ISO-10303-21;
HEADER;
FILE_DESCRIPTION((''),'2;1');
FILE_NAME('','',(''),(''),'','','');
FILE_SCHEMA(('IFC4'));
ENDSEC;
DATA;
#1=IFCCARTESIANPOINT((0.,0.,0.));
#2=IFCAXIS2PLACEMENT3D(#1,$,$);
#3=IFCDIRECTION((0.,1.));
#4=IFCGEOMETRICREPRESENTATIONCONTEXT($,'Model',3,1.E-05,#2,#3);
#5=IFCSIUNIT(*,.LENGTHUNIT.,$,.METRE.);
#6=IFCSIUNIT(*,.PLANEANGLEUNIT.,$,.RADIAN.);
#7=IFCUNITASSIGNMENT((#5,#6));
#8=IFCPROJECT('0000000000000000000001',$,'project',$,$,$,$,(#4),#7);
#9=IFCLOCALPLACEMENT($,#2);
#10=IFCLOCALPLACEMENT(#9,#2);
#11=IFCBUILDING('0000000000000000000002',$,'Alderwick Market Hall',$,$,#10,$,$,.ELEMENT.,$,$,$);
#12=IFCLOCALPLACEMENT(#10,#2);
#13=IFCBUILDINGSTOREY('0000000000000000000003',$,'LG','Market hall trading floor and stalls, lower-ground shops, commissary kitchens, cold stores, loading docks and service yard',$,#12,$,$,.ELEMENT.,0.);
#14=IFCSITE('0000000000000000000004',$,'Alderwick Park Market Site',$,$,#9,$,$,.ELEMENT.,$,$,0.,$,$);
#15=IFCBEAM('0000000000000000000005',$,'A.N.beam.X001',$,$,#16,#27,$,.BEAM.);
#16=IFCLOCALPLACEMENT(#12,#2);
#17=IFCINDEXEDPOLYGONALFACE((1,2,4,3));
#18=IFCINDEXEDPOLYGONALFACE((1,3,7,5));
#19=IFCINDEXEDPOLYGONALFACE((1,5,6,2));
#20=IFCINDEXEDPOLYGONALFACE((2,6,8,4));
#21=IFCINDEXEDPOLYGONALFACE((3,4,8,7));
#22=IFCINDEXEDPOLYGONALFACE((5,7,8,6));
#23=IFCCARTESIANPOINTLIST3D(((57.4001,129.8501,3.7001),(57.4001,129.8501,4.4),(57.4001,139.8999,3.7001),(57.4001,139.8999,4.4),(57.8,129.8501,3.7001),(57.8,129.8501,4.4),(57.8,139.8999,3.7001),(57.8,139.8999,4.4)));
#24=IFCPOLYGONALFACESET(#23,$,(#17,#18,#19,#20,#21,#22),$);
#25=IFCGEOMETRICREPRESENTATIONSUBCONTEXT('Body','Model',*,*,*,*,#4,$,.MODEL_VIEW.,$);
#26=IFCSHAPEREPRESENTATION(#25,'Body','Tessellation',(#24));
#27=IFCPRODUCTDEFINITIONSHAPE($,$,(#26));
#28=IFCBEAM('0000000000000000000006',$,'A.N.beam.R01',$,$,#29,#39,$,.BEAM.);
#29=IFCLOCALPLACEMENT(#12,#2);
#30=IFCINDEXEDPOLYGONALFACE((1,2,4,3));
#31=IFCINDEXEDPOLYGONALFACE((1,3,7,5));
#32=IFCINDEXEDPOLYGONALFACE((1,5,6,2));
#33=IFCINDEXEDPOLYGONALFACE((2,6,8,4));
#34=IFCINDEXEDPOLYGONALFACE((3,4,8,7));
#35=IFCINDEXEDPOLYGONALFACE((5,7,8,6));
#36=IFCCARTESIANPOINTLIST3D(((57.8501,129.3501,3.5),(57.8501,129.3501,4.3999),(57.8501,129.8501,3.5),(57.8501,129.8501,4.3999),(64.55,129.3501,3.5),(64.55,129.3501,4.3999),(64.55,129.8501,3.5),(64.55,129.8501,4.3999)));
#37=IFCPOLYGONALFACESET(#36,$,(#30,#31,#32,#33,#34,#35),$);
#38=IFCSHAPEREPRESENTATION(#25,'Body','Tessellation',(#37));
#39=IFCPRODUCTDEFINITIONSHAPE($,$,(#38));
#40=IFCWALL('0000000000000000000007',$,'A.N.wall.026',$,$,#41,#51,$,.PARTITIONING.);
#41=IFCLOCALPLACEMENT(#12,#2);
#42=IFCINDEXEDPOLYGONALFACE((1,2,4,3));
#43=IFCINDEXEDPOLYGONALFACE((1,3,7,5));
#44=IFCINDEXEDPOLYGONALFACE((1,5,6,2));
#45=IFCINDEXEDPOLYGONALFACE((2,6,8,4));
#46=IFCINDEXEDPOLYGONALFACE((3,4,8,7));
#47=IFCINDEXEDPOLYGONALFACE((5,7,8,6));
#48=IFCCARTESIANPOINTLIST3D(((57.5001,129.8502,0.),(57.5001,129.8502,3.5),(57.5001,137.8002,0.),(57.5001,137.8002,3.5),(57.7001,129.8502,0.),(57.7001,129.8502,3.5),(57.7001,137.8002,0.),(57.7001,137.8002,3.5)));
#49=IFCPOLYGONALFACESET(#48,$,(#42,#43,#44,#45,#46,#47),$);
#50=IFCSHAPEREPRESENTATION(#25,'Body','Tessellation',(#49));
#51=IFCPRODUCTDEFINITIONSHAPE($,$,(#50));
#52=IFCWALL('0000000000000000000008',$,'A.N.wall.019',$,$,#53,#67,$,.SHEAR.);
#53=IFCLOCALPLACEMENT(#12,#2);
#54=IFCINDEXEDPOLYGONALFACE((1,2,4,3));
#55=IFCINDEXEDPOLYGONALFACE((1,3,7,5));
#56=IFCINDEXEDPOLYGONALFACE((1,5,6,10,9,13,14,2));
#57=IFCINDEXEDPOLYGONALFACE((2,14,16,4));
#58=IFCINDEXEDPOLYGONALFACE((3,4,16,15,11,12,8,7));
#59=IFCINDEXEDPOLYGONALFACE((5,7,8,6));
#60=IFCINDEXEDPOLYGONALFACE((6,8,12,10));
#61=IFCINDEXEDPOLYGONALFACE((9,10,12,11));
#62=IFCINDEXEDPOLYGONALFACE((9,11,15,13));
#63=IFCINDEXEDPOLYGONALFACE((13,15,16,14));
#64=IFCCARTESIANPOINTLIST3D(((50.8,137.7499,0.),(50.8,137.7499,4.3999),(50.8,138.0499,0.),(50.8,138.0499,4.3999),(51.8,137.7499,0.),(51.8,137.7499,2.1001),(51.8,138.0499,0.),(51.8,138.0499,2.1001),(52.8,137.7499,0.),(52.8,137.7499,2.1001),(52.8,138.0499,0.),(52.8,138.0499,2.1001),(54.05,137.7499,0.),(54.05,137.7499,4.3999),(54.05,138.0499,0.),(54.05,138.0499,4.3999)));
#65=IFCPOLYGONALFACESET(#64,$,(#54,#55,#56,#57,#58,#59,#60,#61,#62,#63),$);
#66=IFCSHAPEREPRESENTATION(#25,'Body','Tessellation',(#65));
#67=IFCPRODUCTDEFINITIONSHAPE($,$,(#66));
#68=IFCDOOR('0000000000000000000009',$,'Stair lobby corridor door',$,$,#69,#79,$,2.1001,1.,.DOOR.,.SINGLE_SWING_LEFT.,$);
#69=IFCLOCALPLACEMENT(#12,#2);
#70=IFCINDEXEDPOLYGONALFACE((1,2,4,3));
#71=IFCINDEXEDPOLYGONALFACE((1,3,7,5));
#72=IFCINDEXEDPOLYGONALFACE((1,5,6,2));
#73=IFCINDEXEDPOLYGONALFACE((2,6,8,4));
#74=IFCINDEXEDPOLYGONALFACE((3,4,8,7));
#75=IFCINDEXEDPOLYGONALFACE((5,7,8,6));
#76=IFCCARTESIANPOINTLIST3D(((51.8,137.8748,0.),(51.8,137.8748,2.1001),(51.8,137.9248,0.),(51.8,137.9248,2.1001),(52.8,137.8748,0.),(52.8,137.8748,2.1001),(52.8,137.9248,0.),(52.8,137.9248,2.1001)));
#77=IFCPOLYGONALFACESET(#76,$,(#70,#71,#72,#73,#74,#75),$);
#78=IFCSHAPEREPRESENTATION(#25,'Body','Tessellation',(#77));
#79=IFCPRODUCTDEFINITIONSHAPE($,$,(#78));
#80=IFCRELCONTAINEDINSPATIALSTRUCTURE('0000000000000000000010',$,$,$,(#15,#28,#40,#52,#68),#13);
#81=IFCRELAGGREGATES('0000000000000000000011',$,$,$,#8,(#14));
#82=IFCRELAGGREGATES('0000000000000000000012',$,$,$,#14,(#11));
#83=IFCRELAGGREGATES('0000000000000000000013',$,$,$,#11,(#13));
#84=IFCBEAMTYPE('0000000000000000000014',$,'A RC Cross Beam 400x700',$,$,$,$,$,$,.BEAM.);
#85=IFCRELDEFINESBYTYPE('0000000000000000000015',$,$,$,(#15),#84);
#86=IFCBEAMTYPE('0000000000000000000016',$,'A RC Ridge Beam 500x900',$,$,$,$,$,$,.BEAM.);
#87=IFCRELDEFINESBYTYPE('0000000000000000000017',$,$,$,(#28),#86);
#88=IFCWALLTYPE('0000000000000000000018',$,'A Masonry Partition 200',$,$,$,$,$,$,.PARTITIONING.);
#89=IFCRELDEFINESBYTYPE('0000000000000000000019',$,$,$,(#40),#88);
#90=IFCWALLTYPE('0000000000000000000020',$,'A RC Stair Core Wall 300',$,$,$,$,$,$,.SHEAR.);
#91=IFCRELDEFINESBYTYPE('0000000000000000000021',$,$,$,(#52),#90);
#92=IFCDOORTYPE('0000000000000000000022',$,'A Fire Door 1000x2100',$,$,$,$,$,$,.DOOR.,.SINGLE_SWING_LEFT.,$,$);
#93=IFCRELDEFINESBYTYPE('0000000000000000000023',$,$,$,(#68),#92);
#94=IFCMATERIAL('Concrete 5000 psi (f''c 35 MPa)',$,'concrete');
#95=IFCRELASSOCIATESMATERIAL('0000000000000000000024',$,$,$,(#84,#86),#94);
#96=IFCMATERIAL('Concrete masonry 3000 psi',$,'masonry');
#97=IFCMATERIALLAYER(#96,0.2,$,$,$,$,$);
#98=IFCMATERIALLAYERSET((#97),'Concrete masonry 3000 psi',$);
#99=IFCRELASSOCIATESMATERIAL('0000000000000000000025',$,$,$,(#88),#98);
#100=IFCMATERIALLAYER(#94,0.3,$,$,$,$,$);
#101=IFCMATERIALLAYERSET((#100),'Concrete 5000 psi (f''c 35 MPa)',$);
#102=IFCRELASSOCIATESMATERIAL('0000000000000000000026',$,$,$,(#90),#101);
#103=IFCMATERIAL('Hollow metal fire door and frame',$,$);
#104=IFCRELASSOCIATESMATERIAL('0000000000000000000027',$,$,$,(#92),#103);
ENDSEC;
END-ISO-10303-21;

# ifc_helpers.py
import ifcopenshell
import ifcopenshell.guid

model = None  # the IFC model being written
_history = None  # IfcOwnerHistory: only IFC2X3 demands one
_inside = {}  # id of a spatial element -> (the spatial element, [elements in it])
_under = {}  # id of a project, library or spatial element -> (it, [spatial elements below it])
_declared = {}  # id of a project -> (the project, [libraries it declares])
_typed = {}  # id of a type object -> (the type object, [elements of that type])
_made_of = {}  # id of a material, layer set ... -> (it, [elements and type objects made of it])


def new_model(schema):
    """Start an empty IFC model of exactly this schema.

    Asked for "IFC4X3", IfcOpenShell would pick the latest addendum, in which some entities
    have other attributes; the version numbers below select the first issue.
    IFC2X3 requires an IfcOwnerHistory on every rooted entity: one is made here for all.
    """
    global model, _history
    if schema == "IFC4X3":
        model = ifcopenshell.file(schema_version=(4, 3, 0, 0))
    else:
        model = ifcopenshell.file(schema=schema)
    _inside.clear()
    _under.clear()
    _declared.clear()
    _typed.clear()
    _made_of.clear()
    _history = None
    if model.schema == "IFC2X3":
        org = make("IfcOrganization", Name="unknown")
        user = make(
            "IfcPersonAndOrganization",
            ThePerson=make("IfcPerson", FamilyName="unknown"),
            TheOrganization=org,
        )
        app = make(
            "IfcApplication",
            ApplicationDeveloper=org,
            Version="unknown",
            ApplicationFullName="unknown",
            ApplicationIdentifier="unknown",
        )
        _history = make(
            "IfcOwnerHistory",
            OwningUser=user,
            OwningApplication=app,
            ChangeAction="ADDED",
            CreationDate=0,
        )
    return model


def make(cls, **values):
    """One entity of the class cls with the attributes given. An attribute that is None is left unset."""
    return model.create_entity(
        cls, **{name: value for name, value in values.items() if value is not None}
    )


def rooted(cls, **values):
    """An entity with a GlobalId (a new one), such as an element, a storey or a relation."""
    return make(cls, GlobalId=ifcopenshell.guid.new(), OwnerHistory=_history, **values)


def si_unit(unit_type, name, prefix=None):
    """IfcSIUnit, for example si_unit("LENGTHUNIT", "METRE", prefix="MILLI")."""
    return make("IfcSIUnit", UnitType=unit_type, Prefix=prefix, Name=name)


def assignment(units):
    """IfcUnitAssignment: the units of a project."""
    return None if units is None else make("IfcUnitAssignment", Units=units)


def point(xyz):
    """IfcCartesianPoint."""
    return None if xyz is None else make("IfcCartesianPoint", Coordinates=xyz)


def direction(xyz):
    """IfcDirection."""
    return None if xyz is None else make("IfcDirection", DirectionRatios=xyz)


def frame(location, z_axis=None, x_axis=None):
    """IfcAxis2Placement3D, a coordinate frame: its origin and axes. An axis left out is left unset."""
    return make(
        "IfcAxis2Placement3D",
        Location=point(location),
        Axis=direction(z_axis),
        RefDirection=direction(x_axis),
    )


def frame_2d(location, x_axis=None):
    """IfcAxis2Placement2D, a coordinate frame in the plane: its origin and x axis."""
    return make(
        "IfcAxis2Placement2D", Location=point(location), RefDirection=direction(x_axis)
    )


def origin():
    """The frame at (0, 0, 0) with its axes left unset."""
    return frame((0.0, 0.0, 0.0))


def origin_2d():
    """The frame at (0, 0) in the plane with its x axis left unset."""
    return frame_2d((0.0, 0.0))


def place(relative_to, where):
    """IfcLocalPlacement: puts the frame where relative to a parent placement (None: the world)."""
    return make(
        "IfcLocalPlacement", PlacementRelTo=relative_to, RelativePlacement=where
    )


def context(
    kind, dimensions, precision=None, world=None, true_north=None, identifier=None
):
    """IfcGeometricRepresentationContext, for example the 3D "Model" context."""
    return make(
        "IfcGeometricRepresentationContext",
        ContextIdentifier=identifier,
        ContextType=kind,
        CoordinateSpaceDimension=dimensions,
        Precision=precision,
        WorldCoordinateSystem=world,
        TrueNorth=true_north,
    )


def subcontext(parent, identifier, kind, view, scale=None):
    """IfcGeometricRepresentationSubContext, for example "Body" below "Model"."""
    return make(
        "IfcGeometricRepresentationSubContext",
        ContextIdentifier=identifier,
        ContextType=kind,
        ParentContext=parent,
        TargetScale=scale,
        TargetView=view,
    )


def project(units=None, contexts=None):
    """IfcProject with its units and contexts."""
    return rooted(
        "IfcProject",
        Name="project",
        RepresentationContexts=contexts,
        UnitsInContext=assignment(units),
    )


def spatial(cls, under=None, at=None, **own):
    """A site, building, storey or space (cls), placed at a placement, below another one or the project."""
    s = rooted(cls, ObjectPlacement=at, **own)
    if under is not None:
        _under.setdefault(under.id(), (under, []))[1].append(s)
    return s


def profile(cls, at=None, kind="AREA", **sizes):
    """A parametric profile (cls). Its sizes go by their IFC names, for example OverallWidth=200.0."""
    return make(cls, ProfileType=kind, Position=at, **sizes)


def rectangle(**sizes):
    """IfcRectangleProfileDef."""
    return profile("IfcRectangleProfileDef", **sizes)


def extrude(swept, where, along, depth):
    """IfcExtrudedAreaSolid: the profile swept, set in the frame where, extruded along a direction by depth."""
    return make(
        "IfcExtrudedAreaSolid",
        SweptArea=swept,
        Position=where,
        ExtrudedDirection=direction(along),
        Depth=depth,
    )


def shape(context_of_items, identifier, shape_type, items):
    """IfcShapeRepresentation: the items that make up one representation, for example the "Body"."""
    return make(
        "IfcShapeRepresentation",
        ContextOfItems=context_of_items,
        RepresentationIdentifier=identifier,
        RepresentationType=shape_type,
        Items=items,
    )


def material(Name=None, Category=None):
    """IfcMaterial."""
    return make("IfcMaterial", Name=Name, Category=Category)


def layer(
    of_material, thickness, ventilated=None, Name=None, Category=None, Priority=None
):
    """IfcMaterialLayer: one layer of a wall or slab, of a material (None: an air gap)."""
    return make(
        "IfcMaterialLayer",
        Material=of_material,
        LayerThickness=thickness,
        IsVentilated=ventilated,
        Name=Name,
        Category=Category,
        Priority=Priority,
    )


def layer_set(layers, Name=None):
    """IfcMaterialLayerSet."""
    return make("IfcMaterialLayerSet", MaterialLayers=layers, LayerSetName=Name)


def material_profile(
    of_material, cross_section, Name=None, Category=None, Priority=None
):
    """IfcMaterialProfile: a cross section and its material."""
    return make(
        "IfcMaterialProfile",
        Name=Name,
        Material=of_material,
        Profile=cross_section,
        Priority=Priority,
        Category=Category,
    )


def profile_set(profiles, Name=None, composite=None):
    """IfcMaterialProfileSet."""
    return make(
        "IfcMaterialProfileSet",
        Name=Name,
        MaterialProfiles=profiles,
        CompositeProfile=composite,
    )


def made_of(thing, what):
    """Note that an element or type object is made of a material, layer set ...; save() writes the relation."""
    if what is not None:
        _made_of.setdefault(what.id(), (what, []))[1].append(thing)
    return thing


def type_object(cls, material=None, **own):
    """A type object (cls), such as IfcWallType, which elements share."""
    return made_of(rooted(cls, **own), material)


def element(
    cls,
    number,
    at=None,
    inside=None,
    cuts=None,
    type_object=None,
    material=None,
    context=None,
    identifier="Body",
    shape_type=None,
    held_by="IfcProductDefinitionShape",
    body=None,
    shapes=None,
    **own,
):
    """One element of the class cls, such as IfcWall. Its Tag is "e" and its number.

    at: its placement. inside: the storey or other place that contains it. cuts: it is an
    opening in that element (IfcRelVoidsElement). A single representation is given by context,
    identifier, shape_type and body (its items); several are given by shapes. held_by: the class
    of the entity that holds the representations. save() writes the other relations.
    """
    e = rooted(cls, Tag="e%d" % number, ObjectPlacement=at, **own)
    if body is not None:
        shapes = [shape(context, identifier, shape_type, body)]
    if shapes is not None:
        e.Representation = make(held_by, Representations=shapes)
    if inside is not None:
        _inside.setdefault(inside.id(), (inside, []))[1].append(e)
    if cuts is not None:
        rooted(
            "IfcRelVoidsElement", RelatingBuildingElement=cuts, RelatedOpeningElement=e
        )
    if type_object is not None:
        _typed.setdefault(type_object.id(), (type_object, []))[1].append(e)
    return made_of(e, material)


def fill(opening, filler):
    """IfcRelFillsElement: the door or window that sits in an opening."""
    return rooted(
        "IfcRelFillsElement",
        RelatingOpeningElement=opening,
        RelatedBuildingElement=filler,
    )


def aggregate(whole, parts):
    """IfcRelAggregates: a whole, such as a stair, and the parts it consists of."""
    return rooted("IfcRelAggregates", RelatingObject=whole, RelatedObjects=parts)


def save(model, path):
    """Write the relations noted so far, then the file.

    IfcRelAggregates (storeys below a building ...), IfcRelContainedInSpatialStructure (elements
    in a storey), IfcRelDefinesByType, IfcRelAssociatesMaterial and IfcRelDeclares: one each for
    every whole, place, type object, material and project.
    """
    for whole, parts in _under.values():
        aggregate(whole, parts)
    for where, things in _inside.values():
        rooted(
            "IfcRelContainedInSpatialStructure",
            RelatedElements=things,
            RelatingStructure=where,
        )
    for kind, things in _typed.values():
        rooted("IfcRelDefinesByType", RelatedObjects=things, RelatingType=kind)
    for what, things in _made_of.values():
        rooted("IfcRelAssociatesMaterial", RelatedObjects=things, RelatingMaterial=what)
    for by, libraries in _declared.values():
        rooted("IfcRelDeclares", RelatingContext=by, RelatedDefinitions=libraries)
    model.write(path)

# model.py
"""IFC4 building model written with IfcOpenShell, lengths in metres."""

from ifc_helpers import new_model, si_unit, direction, frame, frame_2d, origin, origin_2d, place, context, subcontext, project, spatial, rectangle, extrude, material, layer, layer_set, material_profile, profile_set, type_object, element, fill, save


model = new_model("IFC4")

# Units and contexts
model_context = context("Model", 3, precision=1e-05, world=origin(), true_north=direction((0.0, 1.0)))
body_context = subcontext(model_context, "Body", "Model", "MODEL_VIEW")
ifc_project = project(units=[si_unit("LENGTHUNIT", "METRE"), si_unit("PLANEANGLEUNIT", "RADIAN")], contexts=[model_context])

# Site, building, storey
site_placement = place(None, origin())
site = spatial("IfcSite", under=ifc_project, at=site_placement, Name="Alderwick Park Market Site", CompositionType="ELEMENT", RefElevation=0.0)
building_placement = place(site_placement, origin())
building = spatial("IfcBuilding", under=site, at=building_placement, Name="Alderwick Market Hall", CompositionType="ELEMENT")
storey_placement = place(building_placement, origin())
storey = spatial("IfcBuildingStorey", under=building, at=storey_placement, Name="LG", Description="Market hall trading floor and stalls, lower-ground shops, commissary kitchens, cold stores, loading docks and service yard", CompositionType="ELEMENT", Elevation=0.0)

# Beams
ifc_material_1 = material(Name="Concrete 5000 psi (f'c 35 MPa)", Category="concrete")
ifc_material_profile_1 = material_profile(ifc_material_1, rectangle(XDim=0.3999, YDim=0.7, at=origin_2d()), Name="A RC Cross Beam 400x700")
ifc_profile_set_1 = profile_set([ifc_material_profile_1], Name="Concrete 5000 psi (f'c 35 MPa)")
beam_type_1 = type_object("IfcBeamType", Name="A RC Cross Beam 400x700", PredefinedType="BEAM", material=ifc_profile_set_1)
beam_1_placement = place(storey_placement, frame((57.6001, 129.8501, 4.05), z_axis=(0.0, 1.0, 0.0), x_axis=(-1.0, 0.0, 0.0)))
element("IfcBeam", 1, at=beam_1_placement, inside=storey, type_object=beam_type_1, Name="A.N.beam.X001", PredefinedType="BEAM", context=body_context, shape_type="SweptSolid", body=[
    extrude(rectangle(XDim=0.3999, YDim=0.7, at=origin_2d()), origin(), (0.0, 0.0, 1.0), 10.0498),
])
ifc_material_profile_2 = material_profile(ifc_material_1, rectangle(XDim=0.5, YDim=0.8999, at=origin_2d()), Name="A RC Ridge Beam 500x900")
ifc_profile_set_2 = profile_set([ifc_material_profile_2], Name="Concrete 5000 psi (f'c 35 MPa)")
beam_type_2 = type_object("IfcBeamType", Name="A RC Ridge Beam 500x900", PredefinedType="BEAM", material=ifc_profile_set_2)
beam_2_placement = place(storey_placement, frame((57.8501, 129.6001, 3.95), z_axis=(1.0, 0.0, 0.0), x_axis=(0.0, 1.0, 0.0)))
element("IfcBeam", 2, at=beam_2_placement, inside=storey, type_object=beam_type_2, Name="A.N.beam.R01", PredefinedType="BEAM", context=body_context, shape_type="SweptSolid", body=[
    extrude(rectangle(XDim=0.5, YDim=0.8999, at=origin_2d()), origin(), (0.0, 0.0, 1.0), 6.7),
])

# Shared definitions
ifc_material_2 = material(Name="Concrete masonry 3000 psi", Category="masonry")
ifc_layer_1 = layer(ifc_material_2, 0.2)
ifc_layer_set_1 = layer_set([ifc_layer_1], Name="Concrete masonry 3000 psi")
wall_type_1 = type_object("IfcWallType", Name="A Masonry Partition 200", PredefinedType="PARTITIONING", material=ifc_layer_set_1)

# Wall
wall_1_placement = place(storey_placement, frame((57.6001, 129.8501, 0.0), z_axis=(0.0, 0.0, 1.0), x_axis=(0.0, 1.0, 0.0)))
element("IfcWall", 3, at=wall_1_placement, inside=storey, type_object=wall_type_1, Name="A.N.wall.026", PredefinedType="PARTITIONING", context=body_context, shape_type="SweptSolid", body=[
    extrude(rectangle(XDim=7.95, YDim=0.2, at=frame_2d((3.9751, 0.0))), origin(), (0.0, 0.0, 1.0), 3.5),
])

# Wall, opening, door
ifc_layer_2 = layer(ifc_material_1, 0.3)
ifc_layer_set_2 = layer_set([ifc_layer_2], Name="Concrete 5000 psi (f'c 35 MPa)")
wall_type_2 = type_object("IfcWallType", Name="A RC Stair Core Wall 300", PredefinedType="SHEAR", material=ifc_layer_set_2)
wall_2_placement = place(storey_placement, frame((50.8, 137.8999, 0.0), z_axis=(0.0, 0.0, 1.0), x_axis=(1.0, 0.0, 0.0)))
wall_2 = element("IfcWall", 4, at=wall_2_placement, inside=storey, type_object=wall_type_2, Name="A.N.wall.019", PredefinedType="SHEAR", context=body_context, shape_type="SweptSolid", body=[
    extrude(rectangle(XDim=3.25, YDim=0.3, at=frame_2d((1.625, 0.0))), origin(), (0.0, 0.0, 1.0), 4.3999),
])
opening_1_placement = place(wall_2_placement, frame((1.0, 0.0, 0.0)))
opening_1 = element("IfcOpeningElement", 5, at=opening_1_placement, cuts=wall_2, PredefinedType="OPENING", context=body_context, shape_type="SweptSolid", body=[
    extrude(rectangle(XDim=1.0, YDim=2.1001, at=frame_2d((0.5, 1.05))), frame((0.0, 0.1599, 0.0), z_axis=(0.0, -1.0, 0.0), x_axis=(1.0, 0.0, 0.0)), (0.0, 0.0, 1.0), 0.3201),
])
ifc_material_3 = material(Name="Hollow metal fire door and frame")
door_type_1 = type_object("IfcDoorType", Name="A Fire Door 1000x2100", OperationType="SINGLE_SWING_LEFT", PredefinedType="DOOR", material=ifc_material_3)
door_1_placement = place(opening_1_placement, origin())
door_1 = element("IfcDoor", 6, at=door_1_placement, inside=storey, type_object=door_type_1, Name="Stair lobby corridor door", OperationType="SINGLE_SWING_LEFT", OverallHeight=2.1001, OverallWidth=1.0, PredefinedType="DOOR", context=body_context, shape_type="SweptSolid", body=[
    extrude(rectangle(XDim=1.0, YDim=2.1001, at=frame_2d((0.5, 1.05))), frame((0.0, 0.0249, 0.0), z_axis=(0.0, -1.0, 0.0), x_axis=(1.0, 0.0, 0.0)), (0.0, 0.0, 1.0), 0.05),
])
fill(opening_1, door_1)

save(model, "model.ifc")
